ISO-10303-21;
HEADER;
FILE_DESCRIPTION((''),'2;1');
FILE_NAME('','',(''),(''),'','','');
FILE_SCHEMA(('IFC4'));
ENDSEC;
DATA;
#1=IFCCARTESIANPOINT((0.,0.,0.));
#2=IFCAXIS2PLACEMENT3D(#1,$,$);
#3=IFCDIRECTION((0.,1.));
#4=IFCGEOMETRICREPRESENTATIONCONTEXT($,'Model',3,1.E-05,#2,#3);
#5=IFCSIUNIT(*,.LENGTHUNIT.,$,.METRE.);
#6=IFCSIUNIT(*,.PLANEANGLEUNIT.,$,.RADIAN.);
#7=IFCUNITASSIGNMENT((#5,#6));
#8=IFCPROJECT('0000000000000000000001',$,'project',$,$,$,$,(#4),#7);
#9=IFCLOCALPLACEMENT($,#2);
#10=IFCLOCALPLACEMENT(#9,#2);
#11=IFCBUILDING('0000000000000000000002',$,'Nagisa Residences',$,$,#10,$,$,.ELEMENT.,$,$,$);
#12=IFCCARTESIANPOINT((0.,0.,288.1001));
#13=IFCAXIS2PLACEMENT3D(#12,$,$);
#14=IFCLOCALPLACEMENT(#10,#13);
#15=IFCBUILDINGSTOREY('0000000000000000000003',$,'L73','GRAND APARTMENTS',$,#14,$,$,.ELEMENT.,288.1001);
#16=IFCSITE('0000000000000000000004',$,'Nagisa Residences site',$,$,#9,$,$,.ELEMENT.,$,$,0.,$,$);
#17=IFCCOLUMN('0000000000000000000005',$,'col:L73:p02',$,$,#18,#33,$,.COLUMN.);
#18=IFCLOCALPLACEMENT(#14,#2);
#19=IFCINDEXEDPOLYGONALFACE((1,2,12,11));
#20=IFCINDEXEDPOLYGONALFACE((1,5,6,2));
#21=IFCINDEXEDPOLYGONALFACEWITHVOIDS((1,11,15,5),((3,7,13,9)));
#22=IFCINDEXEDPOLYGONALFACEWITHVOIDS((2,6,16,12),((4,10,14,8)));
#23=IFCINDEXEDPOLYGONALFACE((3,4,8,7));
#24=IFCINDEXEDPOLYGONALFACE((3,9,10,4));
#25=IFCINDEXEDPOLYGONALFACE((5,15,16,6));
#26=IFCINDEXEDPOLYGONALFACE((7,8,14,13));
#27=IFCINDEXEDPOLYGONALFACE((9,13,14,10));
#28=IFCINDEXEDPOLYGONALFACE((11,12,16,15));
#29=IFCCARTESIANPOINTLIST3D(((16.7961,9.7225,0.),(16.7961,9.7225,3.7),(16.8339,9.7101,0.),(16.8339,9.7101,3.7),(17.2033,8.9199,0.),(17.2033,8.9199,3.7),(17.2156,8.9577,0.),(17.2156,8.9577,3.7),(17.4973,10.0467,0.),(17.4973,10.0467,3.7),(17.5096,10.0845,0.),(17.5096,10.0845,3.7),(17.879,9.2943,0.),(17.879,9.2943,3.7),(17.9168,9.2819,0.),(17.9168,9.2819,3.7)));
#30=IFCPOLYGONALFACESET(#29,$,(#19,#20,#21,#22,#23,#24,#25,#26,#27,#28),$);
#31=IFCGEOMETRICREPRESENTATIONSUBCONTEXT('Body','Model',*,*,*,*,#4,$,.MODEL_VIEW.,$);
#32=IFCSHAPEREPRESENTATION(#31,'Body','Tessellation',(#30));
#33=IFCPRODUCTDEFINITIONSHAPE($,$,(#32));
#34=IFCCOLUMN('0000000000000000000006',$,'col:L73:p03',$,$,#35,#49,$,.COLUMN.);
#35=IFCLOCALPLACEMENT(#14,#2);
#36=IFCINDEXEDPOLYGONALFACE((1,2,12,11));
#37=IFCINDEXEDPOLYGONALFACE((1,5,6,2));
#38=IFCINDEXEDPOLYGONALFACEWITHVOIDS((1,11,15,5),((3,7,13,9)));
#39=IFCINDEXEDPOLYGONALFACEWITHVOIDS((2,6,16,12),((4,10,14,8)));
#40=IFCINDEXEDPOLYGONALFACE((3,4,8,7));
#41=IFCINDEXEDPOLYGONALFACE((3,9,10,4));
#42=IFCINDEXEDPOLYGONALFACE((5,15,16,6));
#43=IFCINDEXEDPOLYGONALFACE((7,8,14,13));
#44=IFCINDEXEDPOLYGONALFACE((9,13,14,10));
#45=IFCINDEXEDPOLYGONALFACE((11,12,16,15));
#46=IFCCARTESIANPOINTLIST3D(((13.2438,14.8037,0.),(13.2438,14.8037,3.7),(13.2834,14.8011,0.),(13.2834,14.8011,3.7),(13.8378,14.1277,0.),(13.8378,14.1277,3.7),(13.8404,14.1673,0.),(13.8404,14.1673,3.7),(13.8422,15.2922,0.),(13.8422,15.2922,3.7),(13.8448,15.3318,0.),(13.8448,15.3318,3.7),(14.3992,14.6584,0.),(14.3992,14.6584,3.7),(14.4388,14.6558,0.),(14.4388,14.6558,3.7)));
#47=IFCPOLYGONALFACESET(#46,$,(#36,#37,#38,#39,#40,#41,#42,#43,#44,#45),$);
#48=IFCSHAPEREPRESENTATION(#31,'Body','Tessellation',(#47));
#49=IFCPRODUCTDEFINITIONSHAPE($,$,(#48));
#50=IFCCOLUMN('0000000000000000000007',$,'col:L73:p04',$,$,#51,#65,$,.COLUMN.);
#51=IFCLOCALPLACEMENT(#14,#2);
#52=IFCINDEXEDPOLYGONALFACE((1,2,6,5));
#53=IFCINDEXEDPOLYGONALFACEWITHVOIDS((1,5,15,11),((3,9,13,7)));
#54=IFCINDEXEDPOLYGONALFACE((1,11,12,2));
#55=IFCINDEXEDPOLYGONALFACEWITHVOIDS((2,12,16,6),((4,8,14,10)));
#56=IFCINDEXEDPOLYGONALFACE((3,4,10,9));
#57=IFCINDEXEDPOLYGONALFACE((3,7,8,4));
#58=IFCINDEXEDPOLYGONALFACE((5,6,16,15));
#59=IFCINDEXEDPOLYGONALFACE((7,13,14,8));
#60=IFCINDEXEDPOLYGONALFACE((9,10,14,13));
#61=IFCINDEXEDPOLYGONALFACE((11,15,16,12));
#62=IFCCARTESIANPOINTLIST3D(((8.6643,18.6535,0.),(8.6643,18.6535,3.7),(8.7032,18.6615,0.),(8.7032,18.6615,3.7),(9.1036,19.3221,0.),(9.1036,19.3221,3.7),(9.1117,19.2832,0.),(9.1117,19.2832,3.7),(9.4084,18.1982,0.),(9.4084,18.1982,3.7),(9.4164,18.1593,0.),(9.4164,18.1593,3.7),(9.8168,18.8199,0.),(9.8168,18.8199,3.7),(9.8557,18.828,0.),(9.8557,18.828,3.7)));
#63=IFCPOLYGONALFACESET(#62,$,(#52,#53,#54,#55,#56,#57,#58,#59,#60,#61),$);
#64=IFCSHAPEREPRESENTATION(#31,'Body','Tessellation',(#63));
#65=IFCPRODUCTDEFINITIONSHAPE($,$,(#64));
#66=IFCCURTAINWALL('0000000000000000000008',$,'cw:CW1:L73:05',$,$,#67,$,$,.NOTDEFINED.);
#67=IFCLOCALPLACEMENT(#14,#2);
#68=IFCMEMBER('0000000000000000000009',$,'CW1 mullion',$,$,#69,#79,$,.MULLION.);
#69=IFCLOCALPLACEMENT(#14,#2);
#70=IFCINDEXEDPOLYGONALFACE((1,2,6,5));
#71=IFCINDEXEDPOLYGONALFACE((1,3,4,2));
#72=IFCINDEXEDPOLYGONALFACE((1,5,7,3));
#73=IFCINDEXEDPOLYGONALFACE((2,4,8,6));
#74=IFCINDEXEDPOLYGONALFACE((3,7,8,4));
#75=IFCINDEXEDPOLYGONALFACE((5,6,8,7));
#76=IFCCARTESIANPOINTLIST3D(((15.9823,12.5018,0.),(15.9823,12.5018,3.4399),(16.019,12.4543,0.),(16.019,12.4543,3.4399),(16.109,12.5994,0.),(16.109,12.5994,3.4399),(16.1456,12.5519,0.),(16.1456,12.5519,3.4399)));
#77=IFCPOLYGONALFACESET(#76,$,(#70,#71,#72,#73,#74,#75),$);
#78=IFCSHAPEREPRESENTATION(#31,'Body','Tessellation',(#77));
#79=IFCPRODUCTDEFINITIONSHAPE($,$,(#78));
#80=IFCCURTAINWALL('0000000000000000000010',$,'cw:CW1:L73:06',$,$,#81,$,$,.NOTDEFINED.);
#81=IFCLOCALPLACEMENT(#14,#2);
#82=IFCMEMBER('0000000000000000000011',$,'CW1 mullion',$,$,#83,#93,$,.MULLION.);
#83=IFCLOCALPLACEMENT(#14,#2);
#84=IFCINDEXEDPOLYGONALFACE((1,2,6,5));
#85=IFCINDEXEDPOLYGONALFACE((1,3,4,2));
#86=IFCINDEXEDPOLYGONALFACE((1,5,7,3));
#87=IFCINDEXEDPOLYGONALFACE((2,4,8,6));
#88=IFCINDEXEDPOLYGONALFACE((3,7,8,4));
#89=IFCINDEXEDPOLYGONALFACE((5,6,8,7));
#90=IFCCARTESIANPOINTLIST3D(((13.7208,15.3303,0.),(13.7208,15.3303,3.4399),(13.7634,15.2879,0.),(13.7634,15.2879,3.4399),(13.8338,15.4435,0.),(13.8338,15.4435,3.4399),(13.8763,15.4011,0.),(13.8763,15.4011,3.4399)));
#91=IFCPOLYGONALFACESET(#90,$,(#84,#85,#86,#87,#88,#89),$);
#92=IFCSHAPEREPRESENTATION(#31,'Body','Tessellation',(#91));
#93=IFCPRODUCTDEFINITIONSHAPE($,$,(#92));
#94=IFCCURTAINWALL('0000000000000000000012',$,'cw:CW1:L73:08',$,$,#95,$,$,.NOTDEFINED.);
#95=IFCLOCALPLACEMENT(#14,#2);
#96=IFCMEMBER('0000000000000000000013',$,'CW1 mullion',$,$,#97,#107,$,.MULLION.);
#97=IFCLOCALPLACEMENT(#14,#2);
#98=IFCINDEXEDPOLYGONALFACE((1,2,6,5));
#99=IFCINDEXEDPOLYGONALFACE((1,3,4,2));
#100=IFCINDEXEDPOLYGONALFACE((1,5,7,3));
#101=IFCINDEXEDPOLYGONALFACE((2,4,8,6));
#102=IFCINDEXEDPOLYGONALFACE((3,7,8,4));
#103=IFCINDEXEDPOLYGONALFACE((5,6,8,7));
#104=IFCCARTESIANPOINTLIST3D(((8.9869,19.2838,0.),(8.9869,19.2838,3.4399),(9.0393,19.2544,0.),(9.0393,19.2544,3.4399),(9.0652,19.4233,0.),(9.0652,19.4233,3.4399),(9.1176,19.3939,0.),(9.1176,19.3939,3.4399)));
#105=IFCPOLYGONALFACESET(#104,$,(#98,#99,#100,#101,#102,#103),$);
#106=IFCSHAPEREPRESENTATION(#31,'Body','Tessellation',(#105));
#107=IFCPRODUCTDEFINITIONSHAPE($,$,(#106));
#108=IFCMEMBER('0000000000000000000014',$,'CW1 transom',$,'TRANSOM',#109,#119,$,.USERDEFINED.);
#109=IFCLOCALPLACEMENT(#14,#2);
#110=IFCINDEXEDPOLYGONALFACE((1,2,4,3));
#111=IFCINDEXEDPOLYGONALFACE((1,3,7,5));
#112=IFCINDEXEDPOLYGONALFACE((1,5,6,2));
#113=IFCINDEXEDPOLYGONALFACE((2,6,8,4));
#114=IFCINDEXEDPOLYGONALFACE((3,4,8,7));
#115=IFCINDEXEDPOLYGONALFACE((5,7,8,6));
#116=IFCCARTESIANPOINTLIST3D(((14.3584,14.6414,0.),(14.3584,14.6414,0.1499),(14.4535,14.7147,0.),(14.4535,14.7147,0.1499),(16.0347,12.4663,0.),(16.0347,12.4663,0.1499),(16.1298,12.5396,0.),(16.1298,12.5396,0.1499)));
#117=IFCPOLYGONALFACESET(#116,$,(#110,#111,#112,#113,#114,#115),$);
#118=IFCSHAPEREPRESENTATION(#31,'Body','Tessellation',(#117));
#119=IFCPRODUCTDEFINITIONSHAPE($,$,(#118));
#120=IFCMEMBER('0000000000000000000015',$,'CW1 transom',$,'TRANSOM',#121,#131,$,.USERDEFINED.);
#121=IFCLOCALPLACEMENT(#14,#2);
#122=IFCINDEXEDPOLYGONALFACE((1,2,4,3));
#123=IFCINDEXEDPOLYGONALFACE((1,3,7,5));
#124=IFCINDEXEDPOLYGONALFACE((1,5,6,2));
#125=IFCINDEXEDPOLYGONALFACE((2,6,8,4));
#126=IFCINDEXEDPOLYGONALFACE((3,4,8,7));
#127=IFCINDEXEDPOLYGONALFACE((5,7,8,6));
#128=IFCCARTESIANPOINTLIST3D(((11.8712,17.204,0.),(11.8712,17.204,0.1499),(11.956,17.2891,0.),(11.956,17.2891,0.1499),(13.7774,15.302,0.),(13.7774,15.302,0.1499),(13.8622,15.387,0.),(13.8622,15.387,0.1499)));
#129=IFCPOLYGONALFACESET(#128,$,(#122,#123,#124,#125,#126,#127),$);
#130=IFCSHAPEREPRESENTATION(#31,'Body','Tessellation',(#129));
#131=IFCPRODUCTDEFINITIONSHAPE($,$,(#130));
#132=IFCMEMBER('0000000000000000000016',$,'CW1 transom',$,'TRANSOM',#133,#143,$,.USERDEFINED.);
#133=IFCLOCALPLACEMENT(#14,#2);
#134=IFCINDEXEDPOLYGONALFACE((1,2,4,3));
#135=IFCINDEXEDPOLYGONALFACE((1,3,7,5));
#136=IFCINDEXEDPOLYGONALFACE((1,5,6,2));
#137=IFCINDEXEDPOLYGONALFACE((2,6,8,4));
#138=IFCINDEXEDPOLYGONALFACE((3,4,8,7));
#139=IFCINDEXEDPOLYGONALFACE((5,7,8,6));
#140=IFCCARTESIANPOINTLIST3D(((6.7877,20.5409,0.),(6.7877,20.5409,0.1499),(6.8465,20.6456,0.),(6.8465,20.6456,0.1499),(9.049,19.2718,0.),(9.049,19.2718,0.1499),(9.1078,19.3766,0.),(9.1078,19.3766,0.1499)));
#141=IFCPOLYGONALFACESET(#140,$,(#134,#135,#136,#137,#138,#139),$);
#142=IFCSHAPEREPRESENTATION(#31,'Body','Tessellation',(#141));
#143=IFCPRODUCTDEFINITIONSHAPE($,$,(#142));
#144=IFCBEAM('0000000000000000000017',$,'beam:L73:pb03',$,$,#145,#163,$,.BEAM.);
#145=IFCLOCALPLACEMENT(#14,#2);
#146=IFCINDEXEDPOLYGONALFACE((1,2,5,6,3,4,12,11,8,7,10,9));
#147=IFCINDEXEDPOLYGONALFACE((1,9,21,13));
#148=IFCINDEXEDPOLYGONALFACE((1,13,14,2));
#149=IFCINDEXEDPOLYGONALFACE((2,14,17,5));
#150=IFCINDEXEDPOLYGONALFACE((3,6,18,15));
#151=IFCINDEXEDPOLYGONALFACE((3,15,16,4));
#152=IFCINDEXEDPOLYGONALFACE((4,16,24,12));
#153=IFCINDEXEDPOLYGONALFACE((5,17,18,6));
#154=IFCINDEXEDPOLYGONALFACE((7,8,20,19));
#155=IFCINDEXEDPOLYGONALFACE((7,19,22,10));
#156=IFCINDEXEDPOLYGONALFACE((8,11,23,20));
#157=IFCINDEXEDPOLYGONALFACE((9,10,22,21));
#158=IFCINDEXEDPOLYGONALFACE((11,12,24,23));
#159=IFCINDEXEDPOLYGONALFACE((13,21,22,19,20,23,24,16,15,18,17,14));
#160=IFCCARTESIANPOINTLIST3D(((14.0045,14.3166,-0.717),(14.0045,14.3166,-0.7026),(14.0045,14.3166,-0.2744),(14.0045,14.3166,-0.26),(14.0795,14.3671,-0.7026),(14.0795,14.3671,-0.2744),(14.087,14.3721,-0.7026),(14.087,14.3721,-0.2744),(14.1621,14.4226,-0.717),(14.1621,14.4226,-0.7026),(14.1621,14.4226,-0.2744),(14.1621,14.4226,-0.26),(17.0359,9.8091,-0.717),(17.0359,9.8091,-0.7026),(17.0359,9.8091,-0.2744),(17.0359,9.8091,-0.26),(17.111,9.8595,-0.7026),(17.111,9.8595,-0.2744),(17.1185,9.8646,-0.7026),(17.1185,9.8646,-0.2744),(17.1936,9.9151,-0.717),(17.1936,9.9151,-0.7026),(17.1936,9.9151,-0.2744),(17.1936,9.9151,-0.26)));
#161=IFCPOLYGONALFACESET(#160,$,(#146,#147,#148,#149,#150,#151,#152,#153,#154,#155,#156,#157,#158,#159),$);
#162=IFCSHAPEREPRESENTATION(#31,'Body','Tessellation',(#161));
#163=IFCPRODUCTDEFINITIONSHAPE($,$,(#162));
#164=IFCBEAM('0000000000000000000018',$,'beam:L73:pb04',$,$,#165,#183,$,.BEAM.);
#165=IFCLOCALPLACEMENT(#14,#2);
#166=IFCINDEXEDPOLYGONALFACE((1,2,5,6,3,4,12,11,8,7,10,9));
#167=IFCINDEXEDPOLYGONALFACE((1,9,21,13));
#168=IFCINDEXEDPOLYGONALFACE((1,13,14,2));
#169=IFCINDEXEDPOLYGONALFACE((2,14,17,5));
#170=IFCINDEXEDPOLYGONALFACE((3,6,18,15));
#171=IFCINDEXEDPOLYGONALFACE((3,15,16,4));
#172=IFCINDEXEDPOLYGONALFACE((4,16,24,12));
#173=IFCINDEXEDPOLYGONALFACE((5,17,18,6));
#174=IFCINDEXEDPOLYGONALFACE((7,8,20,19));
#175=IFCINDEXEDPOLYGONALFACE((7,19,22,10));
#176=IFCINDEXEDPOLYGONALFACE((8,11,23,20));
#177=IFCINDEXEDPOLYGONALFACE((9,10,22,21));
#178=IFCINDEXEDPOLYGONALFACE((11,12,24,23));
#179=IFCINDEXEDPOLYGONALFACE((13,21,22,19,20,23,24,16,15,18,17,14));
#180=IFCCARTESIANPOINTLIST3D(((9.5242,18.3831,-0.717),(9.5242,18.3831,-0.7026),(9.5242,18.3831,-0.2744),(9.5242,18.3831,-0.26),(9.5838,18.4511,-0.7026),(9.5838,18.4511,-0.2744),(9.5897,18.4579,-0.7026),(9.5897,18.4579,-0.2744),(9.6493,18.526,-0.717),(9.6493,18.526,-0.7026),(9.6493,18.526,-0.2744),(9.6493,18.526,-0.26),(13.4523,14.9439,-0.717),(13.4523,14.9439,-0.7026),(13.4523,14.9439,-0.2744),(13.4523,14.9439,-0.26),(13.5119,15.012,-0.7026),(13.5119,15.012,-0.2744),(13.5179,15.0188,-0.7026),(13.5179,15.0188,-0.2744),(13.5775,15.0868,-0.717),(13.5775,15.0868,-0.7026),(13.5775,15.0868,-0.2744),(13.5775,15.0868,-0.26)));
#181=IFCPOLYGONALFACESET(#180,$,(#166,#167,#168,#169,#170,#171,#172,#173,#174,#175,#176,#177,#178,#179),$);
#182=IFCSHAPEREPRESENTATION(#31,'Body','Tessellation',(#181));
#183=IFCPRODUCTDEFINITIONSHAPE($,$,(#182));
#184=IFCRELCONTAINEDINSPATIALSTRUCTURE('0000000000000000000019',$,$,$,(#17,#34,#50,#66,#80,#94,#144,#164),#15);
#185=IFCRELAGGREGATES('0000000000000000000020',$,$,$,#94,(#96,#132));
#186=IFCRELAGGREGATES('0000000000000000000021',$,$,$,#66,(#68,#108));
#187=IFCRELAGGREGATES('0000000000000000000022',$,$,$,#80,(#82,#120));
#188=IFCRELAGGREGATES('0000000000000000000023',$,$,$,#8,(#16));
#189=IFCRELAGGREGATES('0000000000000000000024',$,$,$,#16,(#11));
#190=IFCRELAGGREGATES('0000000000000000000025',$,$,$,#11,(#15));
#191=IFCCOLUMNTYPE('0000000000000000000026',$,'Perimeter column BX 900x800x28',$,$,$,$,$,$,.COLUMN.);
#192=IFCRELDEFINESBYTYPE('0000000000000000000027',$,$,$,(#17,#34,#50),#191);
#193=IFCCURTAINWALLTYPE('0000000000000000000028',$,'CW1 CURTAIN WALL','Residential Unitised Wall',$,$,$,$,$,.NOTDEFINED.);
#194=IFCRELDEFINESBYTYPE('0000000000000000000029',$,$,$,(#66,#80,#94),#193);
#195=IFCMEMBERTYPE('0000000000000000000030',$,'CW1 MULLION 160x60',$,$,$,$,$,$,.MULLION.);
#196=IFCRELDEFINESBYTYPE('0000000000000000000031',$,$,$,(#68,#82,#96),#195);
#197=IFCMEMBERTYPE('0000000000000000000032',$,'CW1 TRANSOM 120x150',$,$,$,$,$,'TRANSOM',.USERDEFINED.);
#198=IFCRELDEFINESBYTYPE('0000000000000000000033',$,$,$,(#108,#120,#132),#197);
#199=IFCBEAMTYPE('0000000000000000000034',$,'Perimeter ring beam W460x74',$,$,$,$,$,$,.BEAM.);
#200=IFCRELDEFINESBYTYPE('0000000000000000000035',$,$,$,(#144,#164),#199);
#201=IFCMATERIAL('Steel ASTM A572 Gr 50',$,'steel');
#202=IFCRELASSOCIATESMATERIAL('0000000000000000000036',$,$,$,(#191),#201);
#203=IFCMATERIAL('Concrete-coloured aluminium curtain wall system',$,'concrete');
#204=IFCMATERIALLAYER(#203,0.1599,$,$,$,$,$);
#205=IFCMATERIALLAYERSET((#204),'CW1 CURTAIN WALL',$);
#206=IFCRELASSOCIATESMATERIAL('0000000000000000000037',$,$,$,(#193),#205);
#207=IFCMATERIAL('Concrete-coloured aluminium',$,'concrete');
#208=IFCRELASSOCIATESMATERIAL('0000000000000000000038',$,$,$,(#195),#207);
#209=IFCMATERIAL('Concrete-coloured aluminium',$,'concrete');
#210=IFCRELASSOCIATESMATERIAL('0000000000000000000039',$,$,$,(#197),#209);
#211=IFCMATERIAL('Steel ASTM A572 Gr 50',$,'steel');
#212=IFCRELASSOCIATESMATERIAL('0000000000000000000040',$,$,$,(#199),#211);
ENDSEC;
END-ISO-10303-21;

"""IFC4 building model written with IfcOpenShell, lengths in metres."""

from ifc_helpers import new_model, si_unit, direction, frame, origin, origin_2d, place, context, subcontext, project, spatial, rectangle, hollow_rectangle, i_section, extrude, material, layer, layer_set, material_profile, profile_set, type_object, element, aggregate, save


model = new_model("IFC4")

# Units and contexts
model_context = context("Model", 3, precision=1e-05, world=origin(), true_north=direction((0.0, 1.0)))
body_context = subcontext(model_context, "Body", "Model", "MODEL_VIEW")
ifc_project = project(units=[si_unit("LENGTHUNIT", "METRE"), si_unit("PLANEANGLEUNIT", "RADIAN")], contexts=[model_context])

# Site, building, storey
site_placement = place(None, origin())
site = spatial("IfcSite", under=ifc_project, at=site_placement, Name="Nagisa Residences site", CompositionType="ELEMENT", RefElevation=0.0)
building_placement = place(site_placement, origin())
building = spatial("IfcBuilding", under=site, at=building_placement, Name="Nagisa Residences", CompositionType="ELEMENT")
storey_placement = place(building_placement, frame((0.0, 0.0, 288.1001)))
storey = spatial("IfcBuildingStorey", under=building, at=storey_placement, Name="L73", Description="GRAND APARTMENTS", CompositionType="ELEMENT", Elevation=288.1001)

# Columns
ifc_material_1 = material(Name="Steel ASTM A572 Gr 50", Category="steel")
ifc_material_profile_1 = material_profile(ifc_material_1, hollow_rectangle(XDim=0.8999, YDim=0.8, WallThickness=0.0281, at=origin_2d()), Name="BX 900x800x28")
ifc_profile_set_1 = profile_set([ifc_material_profile_1], Name="Steel ASTM A572 Gr 50")
column_type = type_object("IfcColumnType", Name="Perimeter column BX 900x800x28", PredefinedType="COLUMN", material=ifc_profile_set_1)
for number, where, z_axis, x_axis, name in (
    (1, (17.3564, 9.5022, 0.0), (0.0, 0.0, 1.0), (-0.452463, 0.891783, 0.0), "col:L73:p02"),
    (2, (13.8413, 14.7297, 0.0), (0.0, 0.0, 1.0), (-0.660115, 0.751165, 0.0), "col:L73:p03"),
    (3, (9.26, 18.7407, 0.0), (0.0, 0.0, 1.0), (-0.835766, 0.549086, 0.0), "col:L73:p04"),
):
    element("IfcColumn", number, at=place(storey_placement, frame(where, z_axis=z_axis, x_axis=x_axis)), inside=storey, type_object=column_type, Name=name, PredefinedType="COLUMN", context=body_context, shape_type="SweptSolid", body=[
        extrude(hollow_rectangle(XDim=0.8999, YDim=0.8, WallThickness=0.0281, at=origin_2d()), origin(), (0.0, 0.0, 1.0), 3.7),
    ])

# Curtain walls, members
ifc_material_2 = material(Name="Concrete-coloured aluminium curtain wall system", Category="concrete")
ifc_layer_1 = layer(ifc_material_2, 0.1599)
ifc_layer_set_1 = layer_set([ifc_layer_1], Name="CW1 CURTAIN WALL")
curtain_wall_type = type_object("IfcCurtainWallType", Name="CW1 CURTAIN WALL", Description="Residential Unitised Wall", PredefinedType="NOTDEFINED", material=ifc_layer_set_1)
curtain_wall_1_placement = place(storey_placement, origin())
curtain_wall_1 = element("IfcCurtainWall", 4, at=curtain_wall_1_placement, inside=storey, type_object=curtain_wall_type, Name="cw:CW1:L73:05", PredefinedType="NOTDEFINED")
ifc_material_3 = material(Name="Concrete-coloured aluminium", Category="concrete")
ifc_material_profile_2 = material_profile(ifc_material_3, rectangle(XDim=0.1599, YDim=0.0601, at=origin_2d()), Name="CW1 MULLION 160x60")
ifc_profile_set_2 = profile_set([ifc_material_profile_2], Name="Concrete-coloured aluminium")
member_type_1 = type_object("IfcMemberType", Name="CW1 MULLION 160x60", PredefinedType="MULLION", material=ifc_profile_set_2)
member_1_placement = place(storey_placement, frame((16.064, 12.5269, 0.0), z_axis=(0.0, 0.0, 1.0), x_axis=(-0.79207, -0.61043, 0.0)))
member_1 = element("IfcMember", 5, at=member_1_placement, type_object=member_type_1, Name="CW1 mullion", PredefinedType="MULLION", context=body_context, shape_type="SweptSolid", body=[
    extrude(rectangle(XDim=0.1599, YDim=0.0601, at=origin_2d()), origin(), (0.0, 0.0, 1.0), 3.4399),
])
curtain_wall_2_placement = place(storey_placement, origin())
curtain_wall_2 = element("IfcCurtainWall", 6, at=curtain_wall_2_placement, inside=storey, type_object=curtain_wall_type, Name="cw:CW1:L73:06", PredefinedType="NOTDEFINED")
member_2_placement = place(storey_placement, frame((13.7986, 15.3657, 0.0), z_axis=(0.0, 0.0, 1.0), x_axis=(-0.706377, -0.707836, 0.0)))
member_2 = element("IfcMember", 7, at=member_2_placement, type_object=member_type_1, Name="CW1 mullion", PredefinedType="MULLION", context=body_context, shape_type="SweptSolid", body=[
    extrude(rectangle(XDim=0.1599, YDim=0.0601, at=origin_2d()), origin(), (0.0, 0.0, 1.0), 3.4399),
])
curtain_wall_3_placement = place(storey_placement, origin())
curtain_wall_3 = element("IfcCurtainWall", 8, at=curtain_wall_3_placement, inside=storey, type_object=curtain_wall_type, Name="cw:CW1:L73:08", PredefinedType="NOTDEFINED")
member_3_placement = place(storey_placement, frame((9.0522, 19.3389, 0.0), z_axis=(0.0, 0.0, 1.0), x_axis=(-0.489377, -0.872072, 0.0)))
member_3 = element("IfcMember", 9, at=member_3_placement, type_object=member_type_1, Name="CW1 mullion", PredefinedType="MULLION", context=body_context, shape_type="SweptSolid", body=[
    extrude(rectangle(XDim=0.1599, YDim=0.0601, at=origin_2d()), origin(), (0.0, 0.0, 1.0), 3.4399),
])

# Members
ifc_material_4 = material(Name="Concrete-coloured aluminium", Category="concrete")
ifc_material_profile_3 = material_profile(ifc_material_4, rectangle(XDim=0.1201, YDim=0.1499, at=origin_2d()), Name="CW1 TRANSOM 120x150")
ifc_profile_set_3 = profile_set([ifc_material_profile_3], Name="Concrete-coloured aluminium")
member_type_2 = type_object("IfcMemberType", Name="CW1 TRANSOM 120x150", ElementType="TRANSOM", PredefinedType="USERDEFINED", material=ifc_profile_set_3)
member_4_placement = place(storey_placement, frame((16.0823, 12.5029, 0.075), z_axis=(-0.610432, 0.792068, 0.0), x_axis=(-0.792068, -0.610432, 0.0)))
member_4 = element("IfcMember", 10, at=member_4_placement, type_object=member_type_2, Name="CW1 transom", ObjectType="TRANSOM", PredefinedType="USERDEFINED", context=body_context, shape_type="SweptSolid", body=[
    extrude(rectangle(XDim=0.1201, YDim=0.1499, at=origin_2d()), origin(), (0.0, 0.0, 1.0), 2.7461),
])
member_5_placement = place(storey_placement, frame((13.8198, 15.3445, 0.075), z_axis=(-0.707877, 0.706336, 0.0), x_axis=(-0.706336, -0.707877, 0.0)))
member_5 = element("IfcMember", 11, at=member_5_placement, type_object=member_type_2, Name="CW1 transom", ObjectType="TRANSOM", PredefinedType="USERDEFINED", context=body_context, shape_type="SweptSolid", body=[
    extrude(rectangle(XDim=0.1201, YDim=0.1499, at=origin_2d()), origin(), (0.0, 0.0, 1.0), 2.6929),
])
member_6_placement = place(storey_placement, frame((9.0784, 19.3242, 0.075), z_axis=(-0.872053, 0.489412, 0.0), x_axis=(-0.489412, -0.872053, 0.0)))
member_6 = element("IfcMember", 12, at=member_6_placement, type_object=member_type_2, Name="CW1 transom", ObjectType="TRANSOM", PredefinedType="USERDEFINED", context=body_context, shape_type="SweptSolid", body=[
    extrude(rectangle(XDim=0.1201, YDim=0.1499, at=origin_2d()), origin(), (0.0, 0.0, 1.0), 2.593),
])
aggregate(curtain_wall_3, [member_3, member_6])

# Beams
ifc_material_5 = material(Name="Steel ASTM A572 Gr 50", Category="steel")
ifc_material_profile_4 = material_profile(ifc_material_5, i_section(OverallWidth=0.1899, OverallDepth=0.457, WebThickness=0.009, FlangeThickness=0.0144, at=origin_2d()), Name="W460x74")
ifc_profile_set_4 = profile_set([ifc_material_profile_4], Name="Steel ASTM A572 Gr 50")
beam_type_1 = type_object("IfcBeamType", Name="Perimeter ring beam W460x74", PredefinedType="BEAM", material=ifc_profile_set_4)
beam_1_placement = place(storey_placement, frame((17.1147, 9.8621, -0.4885), z_axis=(-0.558066, 0.829796, 0.0), x_axis=(-0.829796, -0.558066, 0.0)))
element("IfcBeam", 13, at=beam_1_placement, inside=storey, type_object=beam_type_1, Name="beam:L73:pb03", PredefinedType="BEAM", context=body_context, shape_type="SweptSolid", body=[
    extrude(i_section(OverallWidth=0.1899, OverallDepth=0.457, WebThickness=0.009, FlangeThickness=0.0144, at=origin_2d()), origin(), (0.0, 0.0, 1.0), 5.4321),
])
beam_2_placement = place(storey_placement, frame((13.5149, 15.0154, -0.4885), z_axis=(-0.752385, 0.658723, 0.0), x_axis=(-0.658723, -0.752385, 0.0)))
element("IfcBeam", 14, at=beam_2_placement, inside=storey, type_object=beam_type_1, Name="beam:L73:pb04", PredefinedType="BEAM", context=body_context, shape_type="SweptSolid", body=[
    extrude(i_section(OverallWidth=0.1899, OverallDepth=0.457, WebThickness=0.009, FlangeThickness=0.0144, at=origin_2d()), origin(), (0.0, 0.0, 1.0), 5.2209),
])

aggregate(curtain_wall_1, [member_1, member_4])
aggregate(curtain_wall_2, [member_2, member_5])

save(model, "model.ifc")
